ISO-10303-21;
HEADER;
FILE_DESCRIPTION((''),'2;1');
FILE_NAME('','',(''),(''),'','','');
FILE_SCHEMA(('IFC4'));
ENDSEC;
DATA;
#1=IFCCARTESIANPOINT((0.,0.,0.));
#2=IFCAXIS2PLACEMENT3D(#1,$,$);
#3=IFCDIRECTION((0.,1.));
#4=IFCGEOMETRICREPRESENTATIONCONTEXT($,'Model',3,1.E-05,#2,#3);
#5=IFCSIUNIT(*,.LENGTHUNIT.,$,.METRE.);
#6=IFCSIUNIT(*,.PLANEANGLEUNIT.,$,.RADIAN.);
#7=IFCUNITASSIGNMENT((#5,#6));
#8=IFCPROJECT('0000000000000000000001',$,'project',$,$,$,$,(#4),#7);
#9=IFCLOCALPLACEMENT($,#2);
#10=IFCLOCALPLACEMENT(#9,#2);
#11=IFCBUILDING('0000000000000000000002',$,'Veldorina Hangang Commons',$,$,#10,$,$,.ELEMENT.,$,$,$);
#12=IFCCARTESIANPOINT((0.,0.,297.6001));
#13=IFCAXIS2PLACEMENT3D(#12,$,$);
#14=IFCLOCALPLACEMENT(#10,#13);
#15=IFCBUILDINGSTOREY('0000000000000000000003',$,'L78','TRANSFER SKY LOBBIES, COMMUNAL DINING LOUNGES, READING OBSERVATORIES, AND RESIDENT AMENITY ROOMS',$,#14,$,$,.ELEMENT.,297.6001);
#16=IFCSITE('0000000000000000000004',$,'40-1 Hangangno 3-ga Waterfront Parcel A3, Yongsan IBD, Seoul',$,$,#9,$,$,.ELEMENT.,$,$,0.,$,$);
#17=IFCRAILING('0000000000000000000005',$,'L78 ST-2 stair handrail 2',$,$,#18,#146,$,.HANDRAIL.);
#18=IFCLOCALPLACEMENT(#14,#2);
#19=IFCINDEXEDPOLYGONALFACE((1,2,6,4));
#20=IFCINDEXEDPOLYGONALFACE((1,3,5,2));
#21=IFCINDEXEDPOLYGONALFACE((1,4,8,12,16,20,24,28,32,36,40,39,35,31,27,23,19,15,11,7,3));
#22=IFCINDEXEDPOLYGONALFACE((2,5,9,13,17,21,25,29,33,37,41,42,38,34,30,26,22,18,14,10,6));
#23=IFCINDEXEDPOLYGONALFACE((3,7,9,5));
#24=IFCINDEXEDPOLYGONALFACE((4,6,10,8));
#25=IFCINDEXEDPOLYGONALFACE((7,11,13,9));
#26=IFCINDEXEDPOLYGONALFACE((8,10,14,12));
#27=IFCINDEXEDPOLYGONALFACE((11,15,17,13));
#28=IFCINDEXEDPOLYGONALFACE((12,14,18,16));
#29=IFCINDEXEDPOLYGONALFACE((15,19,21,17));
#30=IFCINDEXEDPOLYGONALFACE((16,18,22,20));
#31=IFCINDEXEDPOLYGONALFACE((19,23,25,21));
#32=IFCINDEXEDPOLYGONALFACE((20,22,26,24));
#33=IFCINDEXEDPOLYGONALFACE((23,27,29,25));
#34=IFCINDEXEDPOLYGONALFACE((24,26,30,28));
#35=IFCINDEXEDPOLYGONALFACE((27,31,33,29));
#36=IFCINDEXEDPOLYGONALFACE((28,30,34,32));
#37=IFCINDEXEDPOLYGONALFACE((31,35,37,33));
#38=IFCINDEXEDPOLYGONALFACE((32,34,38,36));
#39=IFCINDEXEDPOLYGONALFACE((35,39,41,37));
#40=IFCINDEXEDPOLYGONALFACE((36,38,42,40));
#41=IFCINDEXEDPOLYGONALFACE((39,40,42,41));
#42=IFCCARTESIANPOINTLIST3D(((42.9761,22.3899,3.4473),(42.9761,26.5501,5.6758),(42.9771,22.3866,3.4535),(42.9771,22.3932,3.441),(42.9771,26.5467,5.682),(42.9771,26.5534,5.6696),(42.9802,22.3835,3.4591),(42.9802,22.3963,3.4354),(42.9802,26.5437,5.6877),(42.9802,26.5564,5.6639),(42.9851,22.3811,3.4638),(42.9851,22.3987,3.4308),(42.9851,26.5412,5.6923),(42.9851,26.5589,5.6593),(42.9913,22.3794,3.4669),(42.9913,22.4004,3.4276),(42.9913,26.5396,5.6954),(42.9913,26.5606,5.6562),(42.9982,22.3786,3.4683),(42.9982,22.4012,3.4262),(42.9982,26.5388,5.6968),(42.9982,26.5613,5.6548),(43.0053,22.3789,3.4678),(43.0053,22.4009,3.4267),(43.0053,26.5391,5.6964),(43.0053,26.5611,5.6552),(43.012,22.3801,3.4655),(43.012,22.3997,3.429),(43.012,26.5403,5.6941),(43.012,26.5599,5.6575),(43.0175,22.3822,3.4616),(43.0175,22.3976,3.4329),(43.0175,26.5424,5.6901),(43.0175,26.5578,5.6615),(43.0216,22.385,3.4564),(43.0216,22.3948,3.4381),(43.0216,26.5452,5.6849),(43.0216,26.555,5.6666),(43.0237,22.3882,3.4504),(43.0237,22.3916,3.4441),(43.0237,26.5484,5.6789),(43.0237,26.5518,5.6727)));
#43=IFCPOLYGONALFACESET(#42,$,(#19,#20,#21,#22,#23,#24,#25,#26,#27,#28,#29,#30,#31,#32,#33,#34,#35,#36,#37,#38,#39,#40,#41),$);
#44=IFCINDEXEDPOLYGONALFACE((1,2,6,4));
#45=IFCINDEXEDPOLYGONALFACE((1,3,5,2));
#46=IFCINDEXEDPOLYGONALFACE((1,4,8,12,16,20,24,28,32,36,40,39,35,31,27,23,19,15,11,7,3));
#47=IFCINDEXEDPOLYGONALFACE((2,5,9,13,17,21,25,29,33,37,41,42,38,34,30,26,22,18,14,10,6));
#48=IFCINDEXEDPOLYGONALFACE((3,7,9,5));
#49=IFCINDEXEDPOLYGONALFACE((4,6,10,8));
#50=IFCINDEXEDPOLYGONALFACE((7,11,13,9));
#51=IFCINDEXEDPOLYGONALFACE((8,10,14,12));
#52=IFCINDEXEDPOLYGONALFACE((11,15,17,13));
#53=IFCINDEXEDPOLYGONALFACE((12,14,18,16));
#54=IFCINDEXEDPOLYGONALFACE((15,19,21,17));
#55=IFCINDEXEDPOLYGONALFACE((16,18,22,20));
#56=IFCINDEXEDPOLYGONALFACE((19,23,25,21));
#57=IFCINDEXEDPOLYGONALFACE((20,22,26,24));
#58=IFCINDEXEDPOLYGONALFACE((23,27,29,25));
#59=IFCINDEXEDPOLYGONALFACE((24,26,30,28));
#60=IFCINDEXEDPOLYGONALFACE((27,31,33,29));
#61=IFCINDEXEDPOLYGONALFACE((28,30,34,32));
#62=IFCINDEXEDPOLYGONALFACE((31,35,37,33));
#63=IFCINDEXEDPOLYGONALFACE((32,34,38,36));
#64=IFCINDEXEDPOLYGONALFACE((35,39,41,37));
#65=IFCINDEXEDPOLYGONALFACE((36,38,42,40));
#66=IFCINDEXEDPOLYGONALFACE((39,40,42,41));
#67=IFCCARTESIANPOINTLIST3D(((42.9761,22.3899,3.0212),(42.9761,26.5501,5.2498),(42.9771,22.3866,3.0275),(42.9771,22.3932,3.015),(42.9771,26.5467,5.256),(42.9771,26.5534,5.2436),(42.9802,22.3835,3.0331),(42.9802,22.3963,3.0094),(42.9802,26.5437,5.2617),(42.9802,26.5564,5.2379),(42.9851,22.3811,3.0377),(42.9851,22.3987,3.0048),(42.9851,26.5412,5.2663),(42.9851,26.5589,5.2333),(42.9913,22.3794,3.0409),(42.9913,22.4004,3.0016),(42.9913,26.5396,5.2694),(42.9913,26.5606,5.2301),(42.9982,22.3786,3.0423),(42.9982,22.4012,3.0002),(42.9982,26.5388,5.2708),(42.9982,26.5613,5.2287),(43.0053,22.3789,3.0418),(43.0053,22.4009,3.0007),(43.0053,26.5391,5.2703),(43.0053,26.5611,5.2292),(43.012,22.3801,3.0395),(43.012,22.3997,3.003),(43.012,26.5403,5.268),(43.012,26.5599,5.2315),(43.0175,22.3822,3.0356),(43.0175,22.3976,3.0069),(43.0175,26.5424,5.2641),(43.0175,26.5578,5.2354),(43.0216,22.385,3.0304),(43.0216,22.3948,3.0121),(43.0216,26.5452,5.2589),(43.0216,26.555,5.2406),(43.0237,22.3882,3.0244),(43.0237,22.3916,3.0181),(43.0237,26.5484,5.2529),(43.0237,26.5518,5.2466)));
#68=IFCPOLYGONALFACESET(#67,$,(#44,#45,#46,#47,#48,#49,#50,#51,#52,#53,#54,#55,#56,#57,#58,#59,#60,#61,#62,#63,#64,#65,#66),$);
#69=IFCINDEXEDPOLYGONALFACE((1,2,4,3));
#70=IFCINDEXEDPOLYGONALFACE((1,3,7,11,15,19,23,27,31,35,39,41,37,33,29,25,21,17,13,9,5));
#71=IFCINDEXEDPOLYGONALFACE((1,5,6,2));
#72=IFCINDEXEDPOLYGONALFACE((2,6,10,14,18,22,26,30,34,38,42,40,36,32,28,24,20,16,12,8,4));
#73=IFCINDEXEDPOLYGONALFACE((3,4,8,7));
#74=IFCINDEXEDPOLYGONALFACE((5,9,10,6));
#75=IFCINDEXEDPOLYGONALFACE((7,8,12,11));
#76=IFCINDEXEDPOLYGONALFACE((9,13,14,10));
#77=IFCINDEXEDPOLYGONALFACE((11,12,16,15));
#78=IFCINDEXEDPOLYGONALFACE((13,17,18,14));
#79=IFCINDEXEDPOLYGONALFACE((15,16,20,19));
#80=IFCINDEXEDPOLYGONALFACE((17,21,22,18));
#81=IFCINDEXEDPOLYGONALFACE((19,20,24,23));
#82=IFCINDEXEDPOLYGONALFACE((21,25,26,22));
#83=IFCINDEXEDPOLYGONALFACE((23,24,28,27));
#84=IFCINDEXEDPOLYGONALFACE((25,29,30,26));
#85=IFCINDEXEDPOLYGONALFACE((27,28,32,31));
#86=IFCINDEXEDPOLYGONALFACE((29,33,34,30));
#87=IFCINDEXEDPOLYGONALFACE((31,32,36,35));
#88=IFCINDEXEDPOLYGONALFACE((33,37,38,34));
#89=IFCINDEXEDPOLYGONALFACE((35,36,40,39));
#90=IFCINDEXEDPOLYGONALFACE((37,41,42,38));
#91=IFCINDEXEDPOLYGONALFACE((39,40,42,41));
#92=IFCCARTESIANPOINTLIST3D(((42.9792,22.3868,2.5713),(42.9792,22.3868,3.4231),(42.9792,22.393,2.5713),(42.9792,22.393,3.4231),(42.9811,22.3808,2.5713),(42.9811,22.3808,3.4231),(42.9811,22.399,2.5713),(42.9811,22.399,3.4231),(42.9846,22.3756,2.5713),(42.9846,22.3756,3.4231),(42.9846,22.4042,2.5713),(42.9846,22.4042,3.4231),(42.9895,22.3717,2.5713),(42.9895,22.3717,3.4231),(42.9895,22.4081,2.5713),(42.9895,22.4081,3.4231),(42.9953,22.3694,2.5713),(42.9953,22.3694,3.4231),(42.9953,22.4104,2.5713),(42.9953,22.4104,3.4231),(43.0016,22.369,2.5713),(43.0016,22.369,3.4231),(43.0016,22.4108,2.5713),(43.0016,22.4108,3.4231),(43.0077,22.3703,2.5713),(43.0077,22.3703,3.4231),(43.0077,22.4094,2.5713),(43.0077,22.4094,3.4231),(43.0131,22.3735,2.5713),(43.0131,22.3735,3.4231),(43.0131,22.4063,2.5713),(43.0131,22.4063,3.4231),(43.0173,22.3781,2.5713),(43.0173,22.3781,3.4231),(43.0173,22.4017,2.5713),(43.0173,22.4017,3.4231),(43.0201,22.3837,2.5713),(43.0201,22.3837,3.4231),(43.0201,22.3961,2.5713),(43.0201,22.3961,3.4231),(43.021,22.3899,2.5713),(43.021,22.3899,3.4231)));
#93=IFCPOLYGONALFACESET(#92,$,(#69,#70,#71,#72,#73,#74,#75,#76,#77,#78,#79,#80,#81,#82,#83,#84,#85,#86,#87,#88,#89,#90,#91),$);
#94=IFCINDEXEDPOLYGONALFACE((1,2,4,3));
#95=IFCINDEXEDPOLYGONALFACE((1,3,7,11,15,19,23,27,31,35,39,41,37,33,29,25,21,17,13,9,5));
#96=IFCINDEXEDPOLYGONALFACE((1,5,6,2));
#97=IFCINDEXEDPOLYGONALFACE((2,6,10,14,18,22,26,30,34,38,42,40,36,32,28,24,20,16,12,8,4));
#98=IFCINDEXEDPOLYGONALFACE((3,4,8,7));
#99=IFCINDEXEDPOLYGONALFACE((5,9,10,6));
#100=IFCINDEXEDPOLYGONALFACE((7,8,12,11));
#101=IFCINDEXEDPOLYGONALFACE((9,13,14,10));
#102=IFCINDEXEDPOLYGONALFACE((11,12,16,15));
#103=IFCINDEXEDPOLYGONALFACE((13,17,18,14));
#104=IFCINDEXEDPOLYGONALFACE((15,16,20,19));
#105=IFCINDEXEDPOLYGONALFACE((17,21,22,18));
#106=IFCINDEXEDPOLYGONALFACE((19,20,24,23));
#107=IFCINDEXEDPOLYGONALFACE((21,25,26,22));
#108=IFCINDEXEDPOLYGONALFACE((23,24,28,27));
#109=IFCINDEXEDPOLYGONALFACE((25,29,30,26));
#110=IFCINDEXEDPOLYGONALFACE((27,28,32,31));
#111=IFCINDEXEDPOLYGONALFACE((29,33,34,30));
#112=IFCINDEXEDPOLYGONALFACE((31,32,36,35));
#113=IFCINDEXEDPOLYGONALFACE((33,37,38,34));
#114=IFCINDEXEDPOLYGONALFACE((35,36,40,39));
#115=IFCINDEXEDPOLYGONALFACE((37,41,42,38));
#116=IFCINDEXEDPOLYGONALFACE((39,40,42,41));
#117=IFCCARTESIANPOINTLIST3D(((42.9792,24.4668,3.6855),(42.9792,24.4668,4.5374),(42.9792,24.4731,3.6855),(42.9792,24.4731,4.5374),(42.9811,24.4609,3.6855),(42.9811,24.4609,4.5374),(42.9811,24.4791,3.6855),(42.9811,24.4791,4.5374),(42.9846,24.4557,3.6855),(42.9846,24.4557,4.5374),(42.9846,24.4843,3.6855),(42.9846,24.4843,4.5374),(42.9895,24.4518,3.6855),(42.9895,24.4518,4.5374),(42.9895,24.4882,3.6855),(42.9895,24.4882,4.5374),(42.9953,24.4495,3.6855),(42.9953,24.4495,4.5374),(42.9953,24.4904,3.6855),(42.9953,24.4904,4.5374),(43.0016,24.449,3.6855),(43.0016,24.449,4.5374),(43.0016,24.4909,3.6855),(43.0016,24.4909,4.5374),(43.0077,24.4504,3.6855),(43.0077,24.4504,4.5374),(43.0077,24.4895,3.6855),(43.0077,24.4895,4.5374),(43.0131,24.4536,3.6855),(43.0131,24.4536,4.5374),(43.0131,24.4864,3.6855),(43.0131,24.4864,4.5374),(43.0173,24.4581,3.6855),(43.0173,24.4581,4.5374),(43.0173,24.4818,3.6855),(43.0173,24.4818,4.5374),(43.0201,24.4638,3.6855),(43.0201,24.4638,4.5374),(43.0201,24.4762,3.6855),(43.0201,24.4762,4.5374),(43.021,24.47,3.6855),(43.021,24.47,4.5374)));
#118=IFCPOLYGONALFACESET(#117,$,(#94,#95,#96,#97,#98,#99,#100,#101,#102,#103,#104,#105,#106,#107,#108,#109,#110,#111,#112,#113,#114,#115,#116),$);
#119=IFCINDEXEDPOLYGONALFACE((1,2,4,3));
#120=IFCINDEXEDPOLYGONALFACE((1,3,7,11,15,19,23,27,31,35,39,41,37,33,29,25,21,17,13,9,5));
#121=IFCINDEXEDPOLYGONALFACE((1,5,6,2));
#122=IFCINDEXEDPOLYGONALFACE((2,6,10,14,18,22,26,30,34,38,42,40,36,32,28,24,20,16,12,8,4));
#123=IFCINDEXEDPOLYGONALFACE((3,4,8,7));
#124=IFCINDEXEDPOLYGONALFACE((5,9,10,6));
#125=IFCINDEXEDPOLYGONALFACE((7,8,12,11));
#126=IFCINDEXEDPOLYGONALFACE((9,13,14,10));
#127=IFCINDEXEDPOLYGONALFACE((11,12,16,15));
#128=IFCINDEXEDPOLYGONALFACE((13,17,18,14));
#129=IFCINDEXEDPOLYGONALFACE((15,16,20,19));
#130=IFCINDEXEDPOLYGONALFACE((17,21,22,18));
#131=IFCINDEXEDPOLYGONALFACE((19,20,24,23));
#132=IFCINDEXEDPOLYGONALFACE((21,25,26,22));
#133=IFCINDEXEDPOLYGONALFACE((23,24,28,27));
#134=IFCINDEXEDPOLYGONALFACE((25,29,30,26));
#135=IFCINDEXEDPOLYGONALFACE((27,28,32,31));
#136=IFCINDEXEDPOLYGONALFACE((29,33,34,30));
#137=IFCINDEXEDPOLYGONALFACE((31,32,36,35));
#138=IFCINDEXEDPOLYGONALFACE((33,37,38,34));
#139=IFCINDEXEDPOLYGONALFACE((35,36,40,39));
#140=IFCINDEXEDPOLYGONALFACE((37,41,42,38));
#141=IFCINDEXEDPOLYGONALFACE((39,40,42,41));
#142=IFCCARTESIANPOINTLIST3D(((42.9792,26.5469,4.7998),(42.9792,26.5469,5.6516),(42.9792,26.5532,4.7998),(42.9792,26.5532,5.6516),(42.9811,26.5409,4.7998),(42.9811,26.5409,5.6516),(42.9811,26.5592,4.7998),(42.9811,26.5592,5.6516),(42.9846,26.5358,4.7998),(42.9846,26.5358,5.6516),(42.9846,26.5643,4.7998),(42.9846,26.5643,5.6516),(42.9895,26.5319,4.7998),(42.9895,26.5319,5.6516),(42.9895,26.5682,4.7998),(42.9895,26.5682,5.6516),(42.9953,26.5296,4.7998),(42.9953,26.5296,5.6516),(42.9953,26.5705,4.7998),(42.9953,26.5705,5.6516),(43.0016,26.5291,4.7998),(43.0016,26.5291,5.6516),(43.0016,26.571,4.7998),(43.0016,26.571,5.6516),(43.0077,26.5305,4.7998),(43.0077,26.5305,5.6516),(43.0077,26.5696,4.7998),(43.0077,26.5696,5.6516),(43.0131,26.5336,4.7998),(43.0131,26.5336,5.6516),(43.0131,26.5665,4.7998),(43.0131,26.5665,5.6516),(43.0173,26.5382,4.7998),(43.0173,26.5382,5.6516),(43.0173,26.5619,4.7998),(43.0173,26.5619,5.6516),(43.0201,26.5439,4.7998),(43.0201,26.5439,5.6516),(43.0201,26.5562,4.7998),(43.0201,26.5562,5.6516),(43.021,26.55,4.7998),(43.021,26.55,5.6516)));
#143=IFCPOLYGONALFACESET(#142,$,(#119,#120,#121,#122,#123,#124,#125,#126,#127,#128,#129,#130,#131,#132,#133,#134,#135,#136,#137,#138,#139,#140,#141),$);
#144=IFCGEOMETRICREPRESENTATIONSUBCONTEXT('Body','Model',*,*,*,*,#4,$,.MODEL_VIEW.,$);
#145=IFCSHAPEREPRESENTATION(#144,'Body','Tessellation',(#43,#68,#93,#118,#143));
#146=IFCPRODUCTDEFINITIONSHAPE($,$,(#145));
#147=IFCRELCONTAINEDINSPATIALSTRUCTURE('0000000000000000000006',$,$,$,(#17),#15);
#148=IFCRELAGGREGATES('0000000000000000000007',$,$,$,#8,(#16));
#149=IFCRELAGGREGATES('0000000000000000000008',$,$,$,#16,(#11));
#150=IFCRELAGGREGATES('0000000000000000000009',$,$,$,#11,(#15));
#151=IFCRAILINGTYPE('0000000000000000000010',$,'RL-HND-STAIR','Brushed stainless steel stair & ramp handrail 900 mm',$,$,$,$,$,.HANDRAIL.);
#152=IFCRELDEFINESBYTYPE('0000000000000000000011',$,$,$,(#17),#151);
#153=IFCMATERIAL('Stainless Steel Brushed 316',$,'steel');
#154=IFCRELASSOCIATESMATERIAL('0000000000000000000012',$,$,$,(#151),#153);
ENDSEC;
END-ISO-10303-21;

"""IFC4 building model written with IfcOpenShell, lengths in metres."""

from ifc_helpers import new_model, si_unit, direction, frame, origin, origin_2d, place, context, subcontext, project, spatial, circle, extrude, material, type_object, element, save


model = new_model("IFC4")

# Units and contexts
model_context = context("Model", 3, precision=1e-05, world=origin(), true_north=direction((0.0, 1.0)))
body_context = subcontext(model_context, "Body", "Model", "MODEL_VIEW")
ifc_project = project(units=[si_unit("LENGTHUNIT", "METRE"), si_unit("PLANEANGLEUNIT", "RADIAN")], contexts=[model_context])

# Site, building, storey
site_placement = place(None, origin())
site = spatial("IfcSite", under=ifc_project, at=site_placement, Name="40-1 Hangangno 3-ga Waterfront Parcel A3, Yongsan IBD, Seoul", CompositionType="ELEMENT", RefElevation=0.0)
building_placement = place(site_placement, origin())
building = spatial("IfcBuilding", under=site, at=building_placement, Name="Veldorina Hangang Commons", CompositionType="ELEMENT")
storey_placement = place(building_placement, frame((0.0, 0.0, 297.6001)))
storey = spatial("IfcBuildingStorey", under=building, at=storey_placement, Name="L78", Description="TRANSFER SKY LOBBIES, COMMUNAL DINING LOUNGES, READING OBSERVATORIES, AND RESIDENT AMENITY ROOMS", CompositionType="ELEMENT", Elevation=297.6001)

# Railing
ifc_material_1 = material(Name="Stainless Steel Brushed 316", Category="steel")
railing_type_1 = type_object("IfcRailingType", Name="RL-HND-STAIR", Description="Brushed stainless steel stair & ramp handrail 900 mm", PredefinedType="HANDRAIL", material=ifc_material_1)
railing_1_placement = place(storey_placement, frame((43.0, 22.3899, 2.5713)))
element("IfcRailing", 1, at=railing_1_placement, inside=storey, type_object=railing_type_1, Name="L78 ST-2 stair handrail 2", PredefinedType="HANDRAIL", context=body_context, shape_type="SweptSolid", body=[
    extrude(circle(Radius=0.0239, at=origin_2d()), frame((0.0, 0.0, 0.876), z_axis=(0.0, 0.881492, 0.472198), x_axis=(-1.0, 0.0, 0.0)), (0.0, 0.0, 1.0), 4.7195),
    extrude(circle(Radius=0.0239, at=origin_2d()), frame((0.0, 0.0, 0.45), z_axis=(0.0, 0.881492, 0.472198), x_axis=(-1.0, 0.0, 0.0)), (0.0, 0.0, 1.0), 4.7195),
    extrude(circle(Radius=0.021, at=origin_2d()), origin(), (0.0, 0.0, 1.0), 0.8518),
    extrude(circle(Radius=0.021, at=origin_2d()), frame((0.0, 2.0801, 1.1143)), (0.0, 0.0, 1.0), 0.8518),
    extrude(circle(Radius=0.021, at=origin_2d()), frame((0.0, 4.1602, 2.2285)), (0.0, 0.0, 1.0), 0.8518),
])

save(model, "model.ifc")
